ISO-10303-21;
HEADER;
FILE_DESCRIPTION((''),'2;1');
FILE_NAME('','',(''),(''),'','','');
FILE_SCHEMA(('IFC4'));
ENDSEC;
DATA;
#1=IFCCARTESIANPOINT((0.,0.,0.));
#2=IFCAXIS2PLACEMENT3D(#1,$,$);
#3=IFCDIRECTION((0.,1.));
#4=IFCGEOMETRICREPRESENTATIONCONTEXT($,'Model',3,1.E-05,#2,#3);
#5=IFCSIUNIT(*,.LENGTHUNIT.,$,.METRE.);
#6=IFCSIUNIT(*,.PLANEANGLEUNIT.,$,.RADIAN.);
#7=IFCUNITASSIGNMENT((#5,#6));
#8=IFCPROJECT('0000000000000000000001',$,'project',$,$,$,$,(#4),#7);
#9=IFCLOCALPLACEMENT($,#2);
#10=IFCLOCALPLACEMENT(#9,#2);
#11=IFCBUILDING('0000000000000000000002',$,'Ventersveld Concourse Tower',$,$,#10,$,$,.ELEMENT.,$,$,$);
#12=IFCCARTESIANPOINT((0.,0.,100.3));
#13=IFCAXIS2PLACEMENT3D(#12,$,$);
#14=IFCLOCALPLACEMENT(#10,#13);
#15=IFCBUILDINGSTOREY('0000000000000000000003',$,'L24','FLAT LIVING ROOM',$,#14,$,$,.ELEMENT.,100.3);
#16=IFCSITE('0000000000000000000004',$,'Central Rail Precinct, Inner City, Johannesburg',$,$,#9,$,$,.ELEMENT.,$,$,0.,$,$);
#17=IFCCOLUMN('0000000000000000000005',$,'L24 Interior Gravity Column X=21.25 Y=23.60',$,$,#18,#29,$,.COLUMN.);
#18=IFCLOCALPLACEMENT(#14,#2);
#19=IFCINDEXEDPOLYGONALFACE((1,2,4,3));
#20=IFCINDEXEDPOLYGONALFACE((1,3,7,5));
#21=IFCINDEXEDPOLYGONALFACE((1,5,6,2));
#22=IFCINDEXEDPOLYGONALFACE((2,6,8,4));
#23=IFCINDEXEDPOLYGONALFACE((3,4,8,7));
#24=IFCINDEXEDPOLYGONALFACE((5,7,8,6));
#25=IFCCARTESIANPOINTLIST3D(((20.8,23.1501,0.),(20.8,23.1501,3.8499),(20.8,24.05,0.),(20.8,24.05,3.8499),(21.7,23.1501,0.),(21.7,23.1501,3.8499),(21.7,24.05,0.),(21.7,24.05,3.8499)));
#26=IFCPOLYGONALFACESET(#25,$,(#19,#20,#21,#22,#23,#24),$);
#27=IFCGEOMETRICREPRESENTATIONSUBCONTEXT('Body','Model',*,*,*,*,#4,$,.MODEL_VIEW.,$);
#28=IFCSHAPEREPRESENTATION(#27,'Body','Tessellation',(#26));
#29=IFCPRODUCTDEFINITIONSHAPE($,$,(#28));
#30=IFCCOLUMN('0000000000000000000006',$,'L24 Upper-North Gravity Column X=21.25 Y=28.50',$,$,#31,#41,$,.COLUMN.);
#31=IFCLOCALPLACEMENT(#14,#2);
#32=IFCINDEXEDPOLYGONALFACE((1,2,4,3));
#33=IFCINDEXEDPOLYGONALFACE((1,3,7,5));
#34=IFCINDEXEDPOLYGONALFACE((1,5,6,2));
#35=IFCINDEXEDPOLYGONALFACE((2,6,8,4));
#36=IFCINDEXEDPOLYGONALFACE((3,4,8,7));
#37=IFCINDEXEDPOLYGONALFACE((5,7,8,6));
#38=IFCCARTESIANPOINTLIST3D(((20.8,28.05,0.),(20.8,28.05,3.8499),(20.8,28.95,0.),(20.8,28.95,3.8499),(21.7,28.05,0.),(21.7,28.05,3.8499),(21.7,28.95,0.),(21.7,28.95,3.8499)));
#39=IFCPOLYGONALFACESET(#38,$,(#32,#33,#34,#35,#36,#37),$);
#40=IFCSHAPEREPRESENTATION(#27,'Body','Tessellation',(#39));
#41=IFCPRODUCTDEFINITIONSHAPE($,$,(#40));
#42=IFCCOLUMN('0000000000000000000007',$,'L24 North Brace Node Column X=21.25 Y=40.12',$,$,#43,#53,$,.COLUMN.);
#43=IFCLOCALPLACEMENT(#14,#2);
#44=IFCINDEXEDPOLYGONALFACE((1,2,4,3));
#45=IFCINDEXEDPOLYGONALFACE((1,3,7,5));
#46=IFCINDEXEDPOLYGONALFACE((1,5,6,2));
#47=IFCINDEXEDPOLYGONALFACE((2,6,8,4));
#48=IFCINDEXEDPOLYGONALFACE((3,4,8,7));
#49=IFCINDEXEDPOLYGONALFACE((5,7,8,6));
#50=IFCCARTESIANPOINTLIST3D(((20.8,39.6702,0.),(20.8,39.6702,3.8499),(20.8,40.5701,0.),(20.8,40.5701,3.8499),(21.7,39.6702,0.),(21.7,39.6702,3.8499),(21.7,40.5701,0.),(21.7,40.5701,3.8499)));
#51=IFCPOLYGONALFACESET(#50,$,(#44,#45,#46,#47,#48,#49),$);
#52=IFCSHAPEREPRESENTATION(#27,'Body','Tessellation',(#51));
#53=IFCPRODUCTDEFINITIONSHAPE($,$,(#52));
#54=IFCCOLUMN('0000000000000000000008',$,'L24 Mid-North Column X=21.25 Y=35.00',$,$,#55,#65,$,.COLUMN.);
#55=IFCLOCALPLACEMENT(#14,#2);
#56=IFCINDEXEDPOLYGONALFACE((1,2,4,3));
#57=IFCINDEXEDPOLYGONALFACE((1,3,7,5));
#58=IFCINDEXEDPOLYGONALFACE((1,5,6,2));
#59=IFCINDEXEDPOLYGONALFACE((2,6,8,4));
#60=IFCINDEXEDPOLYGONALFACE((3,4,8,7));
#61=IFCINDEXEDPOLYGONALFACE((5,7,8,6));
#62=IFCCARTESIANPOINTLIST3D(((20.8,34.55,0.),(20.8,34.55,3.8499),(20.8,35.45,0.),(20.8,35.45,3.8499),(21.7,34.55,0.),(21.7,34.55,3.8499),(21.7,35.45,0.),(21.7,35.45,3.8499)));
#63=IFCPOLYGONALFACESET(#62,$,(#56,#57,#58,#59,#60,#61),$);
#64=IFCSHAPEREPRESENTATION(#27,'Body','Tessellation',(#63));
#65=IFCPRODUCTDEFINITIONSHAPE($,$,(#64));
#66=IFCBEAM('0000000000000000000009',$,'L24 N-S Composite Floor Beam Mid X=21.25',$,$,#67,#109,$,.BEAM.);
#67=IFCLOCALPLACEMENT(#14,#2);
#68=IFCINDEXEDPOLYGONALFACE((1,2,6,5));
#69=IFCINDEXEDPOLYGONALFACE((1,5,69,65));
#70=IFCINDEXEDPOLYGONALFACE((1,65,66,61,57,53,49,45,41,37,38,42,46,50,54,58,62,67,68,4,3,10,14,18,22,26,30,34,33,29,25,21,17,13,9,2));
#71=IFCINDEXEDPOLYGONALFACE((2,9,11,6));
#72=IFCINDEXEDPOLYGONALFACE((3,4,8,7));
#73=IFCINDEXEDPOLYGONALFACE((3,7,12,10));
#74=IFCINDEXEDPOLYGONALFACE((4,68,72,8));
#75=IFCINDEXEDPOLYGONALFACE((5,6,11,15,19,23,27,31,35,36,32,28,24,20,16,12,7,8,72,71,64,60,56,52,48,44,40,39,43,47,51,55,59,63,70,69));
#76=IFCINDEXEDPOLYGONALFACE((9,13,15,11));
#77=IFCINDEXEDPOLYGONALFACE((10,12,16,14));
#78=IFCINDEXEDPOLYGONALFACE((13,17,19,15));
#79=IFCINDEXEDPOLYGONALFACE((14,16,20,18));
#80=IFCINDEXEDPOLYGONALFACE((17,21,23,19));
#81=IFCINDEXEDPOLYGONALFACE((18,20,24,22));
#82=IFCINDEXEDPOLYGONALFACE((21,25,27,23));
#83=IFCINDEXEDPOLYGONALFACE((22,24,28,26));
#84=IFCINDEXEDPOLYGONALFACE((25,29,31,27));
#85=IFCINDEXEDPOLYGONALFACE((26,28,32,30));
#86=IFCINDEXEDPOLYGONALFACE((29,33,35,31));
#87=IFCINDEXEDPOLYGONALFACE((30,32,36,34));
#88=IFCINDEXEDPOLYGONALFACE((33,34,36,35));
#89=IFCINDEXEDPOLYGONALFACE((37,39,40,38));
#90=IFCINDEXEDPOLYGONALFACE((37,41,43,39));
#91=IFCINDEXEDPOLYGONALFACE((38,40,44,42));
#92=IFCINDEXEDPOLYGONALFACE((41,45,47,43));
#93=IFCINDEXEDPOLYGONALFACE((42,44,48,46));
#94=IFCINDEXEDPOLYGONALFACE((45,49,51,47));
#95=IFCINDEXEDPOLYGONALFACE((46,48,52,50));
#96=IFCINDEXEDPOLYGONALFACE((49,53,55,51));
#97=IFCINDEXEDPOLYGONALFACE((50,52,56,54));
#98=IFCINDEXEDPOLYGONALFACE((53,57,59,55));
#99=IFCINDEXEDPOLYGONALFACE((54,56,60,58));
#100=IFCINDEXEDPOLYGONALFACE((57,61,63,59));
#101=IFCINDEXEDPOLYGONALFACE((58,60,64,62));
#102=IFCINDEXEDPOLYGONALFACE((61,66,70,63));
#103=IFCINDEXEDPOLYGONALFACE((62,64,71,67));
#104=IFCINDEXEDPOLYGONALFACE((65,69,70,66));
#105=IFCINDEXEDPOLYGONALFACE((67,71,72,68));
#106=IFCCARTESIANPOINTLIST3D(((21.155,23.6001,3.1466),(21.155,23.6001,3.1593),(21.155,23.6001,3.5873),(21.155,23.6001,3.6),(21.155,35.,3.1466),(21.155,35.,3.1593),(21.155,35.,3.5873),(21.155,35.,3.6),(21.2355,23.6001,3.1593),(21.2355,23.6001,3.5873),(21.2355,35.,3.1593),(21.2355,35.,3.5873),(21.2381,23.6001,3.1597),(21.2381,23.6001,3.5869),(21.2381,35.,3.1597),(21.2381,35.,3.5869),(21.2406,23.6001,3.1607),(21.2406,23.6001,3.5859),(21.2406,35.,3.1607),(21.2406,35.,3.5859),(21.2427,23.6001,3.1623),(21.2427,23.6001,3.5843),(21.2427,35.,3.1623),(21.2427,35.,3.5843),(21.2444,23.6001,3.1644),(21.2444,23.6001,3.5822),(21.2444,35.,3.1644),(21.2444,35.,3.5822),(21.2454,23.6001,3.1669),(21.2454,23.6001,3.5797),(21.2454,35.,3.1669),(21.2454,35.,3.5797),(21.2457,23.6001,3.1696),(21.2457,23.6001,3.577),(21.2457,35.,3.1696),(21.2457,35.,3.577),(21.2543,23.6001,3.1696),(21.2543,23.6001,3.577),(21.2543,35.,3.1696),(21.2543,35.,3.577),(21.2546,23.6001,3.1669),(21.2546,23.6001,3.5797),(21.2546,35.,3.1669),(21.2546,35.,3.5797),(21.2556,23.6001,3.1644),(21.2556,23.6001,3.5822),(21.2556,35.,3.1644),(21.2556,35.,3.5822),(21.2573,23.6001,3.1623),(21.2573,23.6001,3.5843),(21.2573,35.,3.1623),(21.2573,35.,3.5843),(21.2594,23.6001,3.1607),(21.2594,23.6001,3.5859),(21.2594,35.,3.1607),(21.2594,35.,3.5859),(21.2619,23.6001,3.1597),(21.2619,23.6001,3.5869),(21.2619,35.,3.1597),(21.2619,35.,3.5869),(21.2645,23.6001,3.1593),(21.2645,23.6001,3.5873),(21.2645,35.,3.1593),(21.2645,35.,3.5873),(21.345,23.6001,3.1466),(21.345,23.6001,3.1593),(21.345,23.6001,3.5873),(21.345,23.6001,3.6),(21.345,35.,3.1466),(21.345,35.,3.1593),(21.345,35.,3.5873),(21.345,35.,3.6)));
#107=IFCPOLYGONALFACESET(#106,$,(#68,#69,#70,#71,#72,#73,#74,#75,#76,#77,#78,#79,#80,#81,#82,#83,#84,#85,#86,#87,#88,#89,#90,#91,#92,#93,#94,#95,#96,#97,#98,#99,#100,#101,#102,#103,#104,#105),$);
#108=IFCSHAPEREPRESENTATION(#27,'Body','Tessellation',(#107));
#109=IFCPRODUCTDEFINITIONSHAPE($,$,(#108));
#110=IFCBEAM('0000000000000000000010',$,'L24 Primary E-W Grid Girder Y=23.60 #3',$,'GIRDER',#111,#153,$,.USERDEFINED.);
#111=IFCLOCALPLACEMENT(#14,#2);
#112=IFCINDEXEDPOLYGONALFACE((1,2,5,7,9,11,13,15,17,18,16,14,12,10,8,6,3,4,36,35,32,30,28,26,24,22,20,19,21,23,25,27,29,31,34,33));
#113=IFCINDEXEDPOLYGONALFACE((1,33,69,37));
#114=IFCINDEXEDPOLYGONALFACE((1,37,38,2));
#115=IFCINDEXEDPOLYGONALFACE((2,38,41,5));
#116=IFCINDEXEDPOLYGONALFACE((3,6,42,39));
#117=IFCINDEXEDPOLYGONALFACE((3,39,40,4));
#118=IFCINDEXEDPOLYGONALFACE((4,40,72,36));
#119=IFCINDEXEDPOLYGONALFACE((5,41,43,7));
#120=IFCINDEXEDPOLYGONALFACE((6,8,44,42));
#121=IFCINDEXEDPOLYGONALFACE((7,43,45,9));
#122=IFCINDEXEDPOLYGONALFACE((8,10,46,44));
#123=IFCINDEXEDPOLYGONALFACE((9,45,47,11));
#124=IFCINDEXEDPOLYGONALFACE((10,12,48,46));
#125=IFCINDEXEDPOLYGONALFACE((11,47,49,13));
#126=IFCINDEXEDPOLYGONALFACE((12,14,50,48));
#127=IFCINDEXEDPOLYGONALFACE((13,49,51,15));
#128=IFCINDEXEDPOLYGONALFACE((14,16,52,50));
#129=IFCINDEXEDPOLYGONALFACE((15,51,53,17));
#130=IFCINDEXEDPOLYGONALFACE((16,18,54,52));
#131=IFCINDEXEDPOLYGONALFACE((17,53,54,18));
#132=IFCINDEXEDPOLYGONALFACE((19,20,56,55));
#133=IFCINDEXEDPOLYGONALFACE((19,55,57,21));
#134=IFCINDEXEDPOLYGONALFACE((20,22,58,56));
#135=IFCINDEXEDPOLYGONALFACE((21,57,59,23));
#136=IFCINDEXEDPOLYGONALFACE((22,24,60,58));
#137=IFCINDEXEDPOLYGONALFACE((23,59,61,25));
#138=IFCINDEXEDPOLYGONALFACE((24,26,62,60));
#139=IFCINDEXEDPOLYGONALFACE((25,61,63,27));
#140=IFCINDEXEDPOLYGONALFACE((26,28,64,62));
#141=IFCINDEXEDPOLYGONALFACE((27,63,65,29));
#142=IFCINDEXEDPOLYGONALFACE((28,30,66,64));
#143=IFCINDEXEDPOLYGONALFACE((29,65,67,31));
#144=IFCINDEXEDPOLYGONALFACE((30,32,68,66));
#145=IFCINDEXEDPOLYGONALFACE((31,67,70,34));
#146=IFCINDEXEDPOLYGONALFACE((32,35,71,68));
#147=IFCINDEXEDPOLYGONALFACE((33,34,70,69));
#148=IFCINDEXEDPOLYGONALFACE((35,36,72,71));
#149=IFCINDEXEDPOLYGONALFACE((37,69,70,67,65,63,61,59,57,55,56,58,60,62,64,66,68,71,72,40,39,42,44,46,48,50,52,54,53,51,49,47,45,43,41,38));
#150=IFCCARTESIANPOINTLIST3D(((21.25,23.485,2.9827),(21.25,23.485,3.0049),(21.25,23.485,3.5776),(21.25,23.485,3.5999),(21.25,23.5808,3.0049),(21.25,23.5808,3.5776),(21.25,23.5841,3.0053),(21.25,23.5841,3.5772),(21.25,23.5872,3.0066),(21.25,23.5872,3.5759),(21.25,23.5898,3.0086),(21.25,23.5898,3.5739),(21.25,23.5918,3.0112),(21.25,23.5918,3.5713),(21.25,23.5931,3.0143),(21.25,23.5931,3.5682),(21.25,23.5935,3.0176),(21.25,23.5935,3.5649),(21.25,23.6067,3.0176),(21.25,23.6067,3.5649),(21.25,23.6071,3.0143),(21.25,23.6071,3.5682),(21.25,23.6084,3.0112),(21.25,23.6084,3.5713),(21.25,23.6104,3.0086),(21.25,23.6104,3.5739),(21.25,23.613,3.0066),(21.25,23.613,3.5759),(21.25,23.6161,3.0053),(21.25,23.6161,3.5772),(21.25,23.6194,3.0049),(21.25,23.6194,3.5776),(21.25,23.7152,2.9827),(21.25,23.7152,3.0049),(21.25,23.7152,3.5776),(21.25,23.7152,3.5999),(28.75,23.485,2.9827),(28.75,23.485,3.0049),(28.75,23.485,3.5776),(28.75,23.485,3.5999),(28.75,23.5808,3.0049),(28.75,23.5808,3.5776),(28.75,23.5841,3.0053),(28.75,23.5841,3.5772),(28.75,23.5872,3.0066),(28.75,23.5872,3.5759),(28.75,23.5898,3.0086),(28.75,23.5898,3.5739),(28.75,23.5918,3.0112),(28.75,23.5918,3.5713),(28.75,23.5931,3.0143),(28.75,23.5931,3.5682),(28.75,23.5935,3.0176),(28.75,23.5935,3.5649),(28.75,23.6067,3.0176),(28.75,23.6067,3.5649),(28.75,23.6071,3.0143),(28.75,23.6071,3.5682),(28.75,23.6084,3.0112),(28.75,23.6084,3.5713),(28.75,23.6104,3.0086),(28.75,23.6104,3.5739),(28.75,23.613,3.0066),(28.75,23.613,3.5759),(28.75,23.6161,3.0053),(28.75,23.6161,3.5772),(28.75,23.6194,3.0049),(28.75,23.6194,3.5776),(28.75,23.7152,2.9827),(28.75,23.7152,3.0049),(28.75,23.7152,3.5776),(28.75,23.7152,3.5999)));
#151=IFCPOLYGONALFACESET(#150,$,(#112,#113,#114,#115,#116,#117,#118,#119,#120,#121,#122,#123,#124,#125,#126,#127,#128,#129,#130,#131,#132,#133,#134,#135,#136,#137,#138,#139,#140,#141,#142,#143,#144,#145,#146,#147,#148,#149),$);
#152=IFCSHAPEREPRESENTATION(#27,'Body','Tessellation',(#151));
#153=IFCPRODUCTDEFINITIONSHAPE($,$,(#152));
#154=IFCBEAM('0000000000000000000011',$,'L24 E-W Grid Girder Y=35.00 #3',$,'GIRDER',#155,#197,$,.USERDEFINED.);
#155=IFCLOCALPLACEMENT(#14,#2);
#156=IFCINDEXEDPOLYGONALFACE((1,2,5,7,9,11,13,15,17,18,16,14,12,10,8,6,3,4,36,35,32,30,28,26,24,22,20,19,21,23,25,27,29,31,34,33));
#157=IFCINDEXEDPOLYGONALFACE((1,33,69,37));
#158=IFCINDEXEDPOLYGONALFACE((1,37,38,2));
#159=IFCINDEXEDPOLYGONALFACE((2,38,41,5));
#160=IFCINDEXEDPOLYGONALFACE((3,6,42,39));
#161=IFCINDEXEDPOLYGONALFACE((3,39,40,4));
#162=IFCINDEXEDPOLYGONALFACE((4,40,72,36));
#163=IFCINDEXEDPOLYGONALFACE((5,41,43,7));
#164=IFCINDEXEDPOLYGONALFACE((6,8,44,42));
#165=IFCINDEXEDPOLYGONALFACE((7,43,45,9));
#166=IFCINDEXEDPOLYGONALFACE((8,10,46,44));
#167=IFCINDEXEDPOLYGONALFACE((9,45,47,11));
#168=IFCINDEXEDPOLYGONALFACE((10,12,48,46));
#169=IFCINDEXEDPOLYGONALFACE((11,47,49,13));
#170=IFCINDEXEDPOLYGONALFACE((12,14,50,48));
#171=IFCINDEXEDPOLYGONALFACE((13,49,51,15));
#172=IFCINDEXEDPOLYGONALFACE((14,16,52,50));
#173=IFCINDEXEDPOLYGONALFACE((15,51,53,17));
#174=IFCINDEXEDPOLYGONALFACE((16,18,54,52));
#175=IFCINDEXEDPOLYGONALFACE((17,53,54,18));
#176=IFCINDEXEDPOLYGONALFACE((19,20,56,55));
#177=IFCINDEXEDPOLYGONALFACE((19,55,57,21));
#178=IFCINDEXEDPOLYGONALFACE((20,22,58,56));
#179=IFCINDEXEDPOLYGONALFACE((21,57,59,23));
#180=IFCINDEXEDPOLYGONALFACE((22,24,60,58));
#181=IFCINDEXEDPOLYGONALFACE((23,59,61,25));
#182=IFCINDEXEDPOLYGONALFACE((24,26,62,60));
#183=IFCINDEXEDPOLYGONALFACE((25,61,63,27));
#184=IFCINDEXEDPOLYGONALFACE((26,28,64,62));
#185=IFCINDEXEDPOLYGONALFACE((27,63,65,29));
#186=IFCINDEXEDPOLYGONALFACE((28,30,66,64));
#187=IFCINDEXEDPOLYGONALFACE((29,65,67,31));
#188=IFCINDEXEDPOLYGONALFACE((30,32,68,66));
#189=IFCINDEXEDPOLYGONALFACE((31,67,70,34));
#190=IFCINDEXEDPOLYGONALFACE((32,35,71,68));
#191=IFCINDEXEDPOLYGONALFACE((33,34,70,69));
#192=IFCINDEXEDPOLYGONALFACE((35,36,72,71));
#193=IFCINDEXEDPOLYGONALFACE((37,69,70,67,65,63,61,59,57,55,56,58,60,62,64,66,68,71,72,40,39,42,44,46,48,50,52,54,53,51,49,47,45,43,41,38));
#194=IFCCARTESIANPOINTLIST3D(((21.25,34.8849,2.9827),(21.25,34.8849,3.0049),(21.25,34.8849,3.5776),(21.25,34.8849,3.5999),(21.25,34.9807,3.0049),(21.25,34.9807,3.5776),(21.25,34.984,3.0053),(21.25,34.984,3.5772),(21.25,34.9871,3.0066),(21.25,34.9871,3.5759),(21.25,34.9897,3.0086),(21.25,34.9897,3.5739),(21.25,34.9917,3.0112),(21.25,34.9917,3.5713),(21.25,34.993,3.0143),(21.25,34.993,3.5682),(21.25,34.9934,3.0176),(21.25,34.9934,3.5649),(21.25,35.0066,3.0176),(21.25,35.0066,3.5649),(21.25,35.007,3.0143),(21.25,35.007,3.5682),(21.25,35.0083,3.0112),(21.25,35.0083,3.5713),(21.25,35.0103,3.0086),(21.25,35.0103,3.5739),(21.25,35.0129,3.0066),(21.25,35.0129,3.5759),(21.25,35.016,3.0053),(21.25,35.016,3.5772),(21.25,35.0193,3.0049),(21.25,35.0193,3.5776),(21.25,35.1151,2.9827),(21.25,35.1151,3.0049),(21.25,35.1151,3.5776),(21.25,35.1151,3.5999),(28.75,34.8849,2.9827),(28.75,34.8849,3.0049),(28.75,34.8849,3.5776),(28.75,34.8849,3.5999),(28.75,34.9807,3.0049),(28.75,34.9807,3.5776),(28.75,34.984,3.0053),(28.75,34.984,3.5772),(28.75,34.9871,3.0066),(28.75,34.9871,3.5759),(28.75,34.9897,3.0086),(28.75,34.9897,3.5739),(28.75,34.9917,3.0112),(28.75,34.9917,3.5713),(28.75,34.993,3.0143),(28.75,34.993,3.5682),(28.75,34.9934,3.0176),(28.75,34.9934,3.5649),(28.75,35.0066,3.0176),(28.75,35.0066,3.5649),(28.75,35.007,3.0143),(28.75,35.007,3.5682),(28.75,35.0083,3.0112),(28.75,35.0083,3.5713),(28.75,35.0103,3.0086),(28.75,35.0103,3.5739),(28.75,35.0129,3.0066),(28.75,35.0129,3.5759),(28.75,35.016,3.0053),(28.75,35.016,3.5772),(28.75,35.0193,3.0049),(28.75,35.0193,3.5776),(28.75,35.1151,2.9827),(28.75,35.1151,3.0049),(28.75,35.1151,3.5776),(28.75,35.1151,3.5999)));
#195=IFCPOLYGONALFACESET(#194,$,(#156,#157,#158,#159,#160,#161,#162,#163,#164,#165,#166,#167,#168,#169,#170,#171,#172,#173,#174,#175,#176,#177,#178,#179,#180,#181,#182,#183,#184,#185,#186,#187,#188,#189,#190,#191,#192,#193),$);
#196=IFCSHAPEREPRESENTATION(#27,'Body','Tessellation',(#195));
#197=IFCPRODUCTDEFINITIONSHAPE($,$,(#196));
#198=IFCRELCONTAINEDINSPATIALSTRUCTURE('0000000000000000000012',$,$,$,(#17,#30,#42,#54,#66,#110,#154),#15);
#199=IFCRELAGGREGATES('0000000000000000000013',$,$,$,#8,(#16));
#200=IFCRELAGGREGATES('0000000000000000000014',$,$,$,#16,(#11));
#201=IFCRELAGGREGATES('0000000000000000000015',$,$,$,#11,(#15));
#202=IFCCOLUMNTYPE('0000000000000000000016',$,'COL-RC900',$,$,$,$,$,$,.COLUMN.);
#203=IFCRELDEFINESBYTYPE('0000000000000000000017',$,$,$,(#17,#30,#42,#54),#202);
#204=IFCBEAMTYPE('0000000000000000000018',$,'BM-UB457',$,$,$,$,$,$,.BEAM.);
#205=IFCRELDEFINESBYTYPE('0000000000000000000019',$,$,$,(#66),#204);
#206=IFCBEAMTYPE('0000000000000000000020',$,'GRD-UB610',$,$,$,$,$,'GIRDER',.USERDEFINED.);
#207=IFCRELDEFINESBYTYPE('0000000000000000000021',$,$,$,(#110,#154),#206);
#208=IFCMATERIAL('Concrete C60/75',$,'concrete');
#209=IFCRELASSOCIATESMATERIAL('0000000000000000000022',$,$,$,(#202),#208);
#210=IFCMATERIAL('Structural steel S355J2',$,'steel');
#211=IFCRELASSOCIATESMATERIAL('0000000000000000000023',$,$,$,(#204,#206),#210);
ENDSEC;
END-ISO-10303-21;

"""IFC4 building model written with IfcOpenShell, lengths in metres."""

from ifc_helpers import new_model, si_unit, direction, frame, origin, origin_2d, place, context, subcontext, project, spatial, rectangle, i_section, extrude, material, material_profile, profile_set, type_object, element, save


model = new_model("IFC4")

# Units and contexts
model_context = context("Model", 3, precision=1e-05, world=origin(), true_north=direction((0.0, 1.0)))
body_context = subcontext(model_context, "Body", "Model", "MODEL_VIEW")
ifc_project = project(units=[si_unit("LENGTHUNIT", "METRE"), si_unit("PLANEANGLEUNIT", "RADIAN")], contexts=[model_context])

# Site, building, storey
site_placement = place(None, origin())
site = spatial("IfcSite", under=ifc_project, at=site_placement, Name="Central Rail Precinct, Inner City, Johannesburg", CompositionType="ELEMENT", RefElevation=0.0)
building_placement = place(site_placement, origin())
building = spatial("IfcBuilding", under=site, at=building_placement, Name="Ventersveld Concourse Tower", CompositionType="ELEMENT")
storey_placement = place(building_placement, frame((0.0, 0.0, 100.3)))
storey = spatial("IfcBuildingStorey", under=building, at=storey_placement, Name="L24", Description="FLAT LIVING ROOM", CompositionType="ELEMENT", Elevation=100.3)

# Columns
ifc_material_1 = material(Name="Concrete C60/75", Category="concrete")
ifc_material_profile_1 = material_profile(ifc_material_1, rectangle(XDim=0.8999, YDim=0.8999, at=origin_2d()), Name="RC 900x900")
ifc_profile_set_1 = profile_set([ifc_material_profile_1], Name="Concrete C60/75")
column_type = type_object("IfcColumnType", Name="COL-RC900", PredefinedType="COLUMN", material=ifc_profile_set_1)
for number, where, z_axis, x_axis, name in (
    (1, (21.25, 23.6001, 0.0), (0.0, 0.0, 1.0), (1.0, 0.0, 0.0), "L24 Interior Gravity Column X=21.25 Y=23.60"),
    (2, (21.25, 28.5, 0.0), (0.0, 0.0, 1.0), (1.0, 0.0, 0.0), "L24 Upper-North Gravity Column X=21.25 Y=28.50"),
    (3, (21.25, 40.1201, 0.0), (0.0, 0.0, 1.0), (1.0, 0.0, 0.0), "L24 North Brace Node Column X=21.25 Y=40.12"),
    (4, (21.25, 35.0, 0.0), (0.0, 0.0, 1.0), (1.0, 0.0, 0.0), "L24 Mid-North Column X=21.25 Y=35.00"),
):
    element("IfcColumn", number, at=place(storey_placement, frame(where, z_axis=z_axis, x_axis=x_axis)), inside=storey, type_object=column_type, Name=name, PredefinedType="COLUMN", context=body_context, shape_type="SweptSolid", body=[
        extrude(rectangle(XDim=0.8999, YDim=0.8999, at=origin_2d()), origin(), (0.0, 0.0, 1.0), 3.8499),
    ])

# Beams
ifc_material_2 = material(Name="Structural steel S355J2", Category="steel")
ifc_material_profile_2 = material_profile(ifc_material_2, i_section(OverallWidth=0.1899, OverallDepth=0.4534, WebThickness=0.0085, FlangeThickness=0.0127, FilletRadius=0.0103, at=origin_2d()), Name="UB 457x191x67")
ifc_profile_set_2 = profile_set([ifc_material_profile_2], Name="Structural steel S355J2")
beam_type_1 = type_object("IfcBeamType", Name="BM-UB457", PredefinedType="BEAM", material=ifc_profile_set_2)
beam_placement = place(storey_placement, frame((21.25, 23.6001, 3.3733), z_axis=(0.0, 1.0, 0.0), x_axis=(-1.0, 0.0, 0.0)))
element("IfcBeam", 5, at=beam_placement, inside=storey, type_object=beam_type_1, Name="L24 N-S Composite Floor Beam Mid X=21.25", PredefinedType="BEAM", context=body_context, shape_type="SweptSolid", body=[
    extrude(i_section(OverallWidth=0.1899, OverallDepth=0.4534, WebThickness=0.0085, FlangeThickness=0.0127, FilletRadius=0.0103, at=origin_2d()), origin(), (0.0, 0.0, 1.0), 11.3999),
])
ifc_material_profile_3 = material_profile(ifc_material_2, i_section(OverallWidth=0.2302, OverallDepth=0.6172, WebThickness=0.0132, FlangeThickness=0.0222, FilletRadius=0.0127, at=origin_2d()), Name="UB 610x229x140")
ifc_profile_set_3 = profile_set([ifc_material_profile_3], Name="Structural steel S355J2")
beam_type_2 = type_object("IfcBeamType", Name="GRD-UB610", ElementType="GIRDER", PredefinedType="USERDEFINED", material=ifc_profile_set_3)
for number, where, z_axis, x_axis, name in (
    (6, (21.25, 23.6001, 3.2913), (1.0, 0.0, 0.0), (0.0, 1.0, 0.0), "L24 Primary E-W Grid Girder Y=23.60 #3"),
    (7, (21.25, 35.0, 3.2913), (1.0, 0.0, 0.0), (0.0, 1.0, 0.0), "L24 E-W Grid Girder Y=35.00 #3"),
):
    element("IfcBeam", number, at=place(storey_placement, frame(where, z_axis=z_axis, x_axis=x_axis)), inside=storey, type_object=beam_type_2, Name=name, ObjectType="GIRDER", PredefinedType="USERDEFINED", context=body_context, shape_type="SweptSolid", body=[
        extrude(i_section(OverallWidth=0.2302, OverallDepth=0.6172, WebThickness=0.0132, FlangeThickness=0.0222, FilletRadius=0.0127, at=origin_2d()), origin(), (0.0, 0.0, 1.0), 7.5),
    ])

save(model, "model.ifc")
